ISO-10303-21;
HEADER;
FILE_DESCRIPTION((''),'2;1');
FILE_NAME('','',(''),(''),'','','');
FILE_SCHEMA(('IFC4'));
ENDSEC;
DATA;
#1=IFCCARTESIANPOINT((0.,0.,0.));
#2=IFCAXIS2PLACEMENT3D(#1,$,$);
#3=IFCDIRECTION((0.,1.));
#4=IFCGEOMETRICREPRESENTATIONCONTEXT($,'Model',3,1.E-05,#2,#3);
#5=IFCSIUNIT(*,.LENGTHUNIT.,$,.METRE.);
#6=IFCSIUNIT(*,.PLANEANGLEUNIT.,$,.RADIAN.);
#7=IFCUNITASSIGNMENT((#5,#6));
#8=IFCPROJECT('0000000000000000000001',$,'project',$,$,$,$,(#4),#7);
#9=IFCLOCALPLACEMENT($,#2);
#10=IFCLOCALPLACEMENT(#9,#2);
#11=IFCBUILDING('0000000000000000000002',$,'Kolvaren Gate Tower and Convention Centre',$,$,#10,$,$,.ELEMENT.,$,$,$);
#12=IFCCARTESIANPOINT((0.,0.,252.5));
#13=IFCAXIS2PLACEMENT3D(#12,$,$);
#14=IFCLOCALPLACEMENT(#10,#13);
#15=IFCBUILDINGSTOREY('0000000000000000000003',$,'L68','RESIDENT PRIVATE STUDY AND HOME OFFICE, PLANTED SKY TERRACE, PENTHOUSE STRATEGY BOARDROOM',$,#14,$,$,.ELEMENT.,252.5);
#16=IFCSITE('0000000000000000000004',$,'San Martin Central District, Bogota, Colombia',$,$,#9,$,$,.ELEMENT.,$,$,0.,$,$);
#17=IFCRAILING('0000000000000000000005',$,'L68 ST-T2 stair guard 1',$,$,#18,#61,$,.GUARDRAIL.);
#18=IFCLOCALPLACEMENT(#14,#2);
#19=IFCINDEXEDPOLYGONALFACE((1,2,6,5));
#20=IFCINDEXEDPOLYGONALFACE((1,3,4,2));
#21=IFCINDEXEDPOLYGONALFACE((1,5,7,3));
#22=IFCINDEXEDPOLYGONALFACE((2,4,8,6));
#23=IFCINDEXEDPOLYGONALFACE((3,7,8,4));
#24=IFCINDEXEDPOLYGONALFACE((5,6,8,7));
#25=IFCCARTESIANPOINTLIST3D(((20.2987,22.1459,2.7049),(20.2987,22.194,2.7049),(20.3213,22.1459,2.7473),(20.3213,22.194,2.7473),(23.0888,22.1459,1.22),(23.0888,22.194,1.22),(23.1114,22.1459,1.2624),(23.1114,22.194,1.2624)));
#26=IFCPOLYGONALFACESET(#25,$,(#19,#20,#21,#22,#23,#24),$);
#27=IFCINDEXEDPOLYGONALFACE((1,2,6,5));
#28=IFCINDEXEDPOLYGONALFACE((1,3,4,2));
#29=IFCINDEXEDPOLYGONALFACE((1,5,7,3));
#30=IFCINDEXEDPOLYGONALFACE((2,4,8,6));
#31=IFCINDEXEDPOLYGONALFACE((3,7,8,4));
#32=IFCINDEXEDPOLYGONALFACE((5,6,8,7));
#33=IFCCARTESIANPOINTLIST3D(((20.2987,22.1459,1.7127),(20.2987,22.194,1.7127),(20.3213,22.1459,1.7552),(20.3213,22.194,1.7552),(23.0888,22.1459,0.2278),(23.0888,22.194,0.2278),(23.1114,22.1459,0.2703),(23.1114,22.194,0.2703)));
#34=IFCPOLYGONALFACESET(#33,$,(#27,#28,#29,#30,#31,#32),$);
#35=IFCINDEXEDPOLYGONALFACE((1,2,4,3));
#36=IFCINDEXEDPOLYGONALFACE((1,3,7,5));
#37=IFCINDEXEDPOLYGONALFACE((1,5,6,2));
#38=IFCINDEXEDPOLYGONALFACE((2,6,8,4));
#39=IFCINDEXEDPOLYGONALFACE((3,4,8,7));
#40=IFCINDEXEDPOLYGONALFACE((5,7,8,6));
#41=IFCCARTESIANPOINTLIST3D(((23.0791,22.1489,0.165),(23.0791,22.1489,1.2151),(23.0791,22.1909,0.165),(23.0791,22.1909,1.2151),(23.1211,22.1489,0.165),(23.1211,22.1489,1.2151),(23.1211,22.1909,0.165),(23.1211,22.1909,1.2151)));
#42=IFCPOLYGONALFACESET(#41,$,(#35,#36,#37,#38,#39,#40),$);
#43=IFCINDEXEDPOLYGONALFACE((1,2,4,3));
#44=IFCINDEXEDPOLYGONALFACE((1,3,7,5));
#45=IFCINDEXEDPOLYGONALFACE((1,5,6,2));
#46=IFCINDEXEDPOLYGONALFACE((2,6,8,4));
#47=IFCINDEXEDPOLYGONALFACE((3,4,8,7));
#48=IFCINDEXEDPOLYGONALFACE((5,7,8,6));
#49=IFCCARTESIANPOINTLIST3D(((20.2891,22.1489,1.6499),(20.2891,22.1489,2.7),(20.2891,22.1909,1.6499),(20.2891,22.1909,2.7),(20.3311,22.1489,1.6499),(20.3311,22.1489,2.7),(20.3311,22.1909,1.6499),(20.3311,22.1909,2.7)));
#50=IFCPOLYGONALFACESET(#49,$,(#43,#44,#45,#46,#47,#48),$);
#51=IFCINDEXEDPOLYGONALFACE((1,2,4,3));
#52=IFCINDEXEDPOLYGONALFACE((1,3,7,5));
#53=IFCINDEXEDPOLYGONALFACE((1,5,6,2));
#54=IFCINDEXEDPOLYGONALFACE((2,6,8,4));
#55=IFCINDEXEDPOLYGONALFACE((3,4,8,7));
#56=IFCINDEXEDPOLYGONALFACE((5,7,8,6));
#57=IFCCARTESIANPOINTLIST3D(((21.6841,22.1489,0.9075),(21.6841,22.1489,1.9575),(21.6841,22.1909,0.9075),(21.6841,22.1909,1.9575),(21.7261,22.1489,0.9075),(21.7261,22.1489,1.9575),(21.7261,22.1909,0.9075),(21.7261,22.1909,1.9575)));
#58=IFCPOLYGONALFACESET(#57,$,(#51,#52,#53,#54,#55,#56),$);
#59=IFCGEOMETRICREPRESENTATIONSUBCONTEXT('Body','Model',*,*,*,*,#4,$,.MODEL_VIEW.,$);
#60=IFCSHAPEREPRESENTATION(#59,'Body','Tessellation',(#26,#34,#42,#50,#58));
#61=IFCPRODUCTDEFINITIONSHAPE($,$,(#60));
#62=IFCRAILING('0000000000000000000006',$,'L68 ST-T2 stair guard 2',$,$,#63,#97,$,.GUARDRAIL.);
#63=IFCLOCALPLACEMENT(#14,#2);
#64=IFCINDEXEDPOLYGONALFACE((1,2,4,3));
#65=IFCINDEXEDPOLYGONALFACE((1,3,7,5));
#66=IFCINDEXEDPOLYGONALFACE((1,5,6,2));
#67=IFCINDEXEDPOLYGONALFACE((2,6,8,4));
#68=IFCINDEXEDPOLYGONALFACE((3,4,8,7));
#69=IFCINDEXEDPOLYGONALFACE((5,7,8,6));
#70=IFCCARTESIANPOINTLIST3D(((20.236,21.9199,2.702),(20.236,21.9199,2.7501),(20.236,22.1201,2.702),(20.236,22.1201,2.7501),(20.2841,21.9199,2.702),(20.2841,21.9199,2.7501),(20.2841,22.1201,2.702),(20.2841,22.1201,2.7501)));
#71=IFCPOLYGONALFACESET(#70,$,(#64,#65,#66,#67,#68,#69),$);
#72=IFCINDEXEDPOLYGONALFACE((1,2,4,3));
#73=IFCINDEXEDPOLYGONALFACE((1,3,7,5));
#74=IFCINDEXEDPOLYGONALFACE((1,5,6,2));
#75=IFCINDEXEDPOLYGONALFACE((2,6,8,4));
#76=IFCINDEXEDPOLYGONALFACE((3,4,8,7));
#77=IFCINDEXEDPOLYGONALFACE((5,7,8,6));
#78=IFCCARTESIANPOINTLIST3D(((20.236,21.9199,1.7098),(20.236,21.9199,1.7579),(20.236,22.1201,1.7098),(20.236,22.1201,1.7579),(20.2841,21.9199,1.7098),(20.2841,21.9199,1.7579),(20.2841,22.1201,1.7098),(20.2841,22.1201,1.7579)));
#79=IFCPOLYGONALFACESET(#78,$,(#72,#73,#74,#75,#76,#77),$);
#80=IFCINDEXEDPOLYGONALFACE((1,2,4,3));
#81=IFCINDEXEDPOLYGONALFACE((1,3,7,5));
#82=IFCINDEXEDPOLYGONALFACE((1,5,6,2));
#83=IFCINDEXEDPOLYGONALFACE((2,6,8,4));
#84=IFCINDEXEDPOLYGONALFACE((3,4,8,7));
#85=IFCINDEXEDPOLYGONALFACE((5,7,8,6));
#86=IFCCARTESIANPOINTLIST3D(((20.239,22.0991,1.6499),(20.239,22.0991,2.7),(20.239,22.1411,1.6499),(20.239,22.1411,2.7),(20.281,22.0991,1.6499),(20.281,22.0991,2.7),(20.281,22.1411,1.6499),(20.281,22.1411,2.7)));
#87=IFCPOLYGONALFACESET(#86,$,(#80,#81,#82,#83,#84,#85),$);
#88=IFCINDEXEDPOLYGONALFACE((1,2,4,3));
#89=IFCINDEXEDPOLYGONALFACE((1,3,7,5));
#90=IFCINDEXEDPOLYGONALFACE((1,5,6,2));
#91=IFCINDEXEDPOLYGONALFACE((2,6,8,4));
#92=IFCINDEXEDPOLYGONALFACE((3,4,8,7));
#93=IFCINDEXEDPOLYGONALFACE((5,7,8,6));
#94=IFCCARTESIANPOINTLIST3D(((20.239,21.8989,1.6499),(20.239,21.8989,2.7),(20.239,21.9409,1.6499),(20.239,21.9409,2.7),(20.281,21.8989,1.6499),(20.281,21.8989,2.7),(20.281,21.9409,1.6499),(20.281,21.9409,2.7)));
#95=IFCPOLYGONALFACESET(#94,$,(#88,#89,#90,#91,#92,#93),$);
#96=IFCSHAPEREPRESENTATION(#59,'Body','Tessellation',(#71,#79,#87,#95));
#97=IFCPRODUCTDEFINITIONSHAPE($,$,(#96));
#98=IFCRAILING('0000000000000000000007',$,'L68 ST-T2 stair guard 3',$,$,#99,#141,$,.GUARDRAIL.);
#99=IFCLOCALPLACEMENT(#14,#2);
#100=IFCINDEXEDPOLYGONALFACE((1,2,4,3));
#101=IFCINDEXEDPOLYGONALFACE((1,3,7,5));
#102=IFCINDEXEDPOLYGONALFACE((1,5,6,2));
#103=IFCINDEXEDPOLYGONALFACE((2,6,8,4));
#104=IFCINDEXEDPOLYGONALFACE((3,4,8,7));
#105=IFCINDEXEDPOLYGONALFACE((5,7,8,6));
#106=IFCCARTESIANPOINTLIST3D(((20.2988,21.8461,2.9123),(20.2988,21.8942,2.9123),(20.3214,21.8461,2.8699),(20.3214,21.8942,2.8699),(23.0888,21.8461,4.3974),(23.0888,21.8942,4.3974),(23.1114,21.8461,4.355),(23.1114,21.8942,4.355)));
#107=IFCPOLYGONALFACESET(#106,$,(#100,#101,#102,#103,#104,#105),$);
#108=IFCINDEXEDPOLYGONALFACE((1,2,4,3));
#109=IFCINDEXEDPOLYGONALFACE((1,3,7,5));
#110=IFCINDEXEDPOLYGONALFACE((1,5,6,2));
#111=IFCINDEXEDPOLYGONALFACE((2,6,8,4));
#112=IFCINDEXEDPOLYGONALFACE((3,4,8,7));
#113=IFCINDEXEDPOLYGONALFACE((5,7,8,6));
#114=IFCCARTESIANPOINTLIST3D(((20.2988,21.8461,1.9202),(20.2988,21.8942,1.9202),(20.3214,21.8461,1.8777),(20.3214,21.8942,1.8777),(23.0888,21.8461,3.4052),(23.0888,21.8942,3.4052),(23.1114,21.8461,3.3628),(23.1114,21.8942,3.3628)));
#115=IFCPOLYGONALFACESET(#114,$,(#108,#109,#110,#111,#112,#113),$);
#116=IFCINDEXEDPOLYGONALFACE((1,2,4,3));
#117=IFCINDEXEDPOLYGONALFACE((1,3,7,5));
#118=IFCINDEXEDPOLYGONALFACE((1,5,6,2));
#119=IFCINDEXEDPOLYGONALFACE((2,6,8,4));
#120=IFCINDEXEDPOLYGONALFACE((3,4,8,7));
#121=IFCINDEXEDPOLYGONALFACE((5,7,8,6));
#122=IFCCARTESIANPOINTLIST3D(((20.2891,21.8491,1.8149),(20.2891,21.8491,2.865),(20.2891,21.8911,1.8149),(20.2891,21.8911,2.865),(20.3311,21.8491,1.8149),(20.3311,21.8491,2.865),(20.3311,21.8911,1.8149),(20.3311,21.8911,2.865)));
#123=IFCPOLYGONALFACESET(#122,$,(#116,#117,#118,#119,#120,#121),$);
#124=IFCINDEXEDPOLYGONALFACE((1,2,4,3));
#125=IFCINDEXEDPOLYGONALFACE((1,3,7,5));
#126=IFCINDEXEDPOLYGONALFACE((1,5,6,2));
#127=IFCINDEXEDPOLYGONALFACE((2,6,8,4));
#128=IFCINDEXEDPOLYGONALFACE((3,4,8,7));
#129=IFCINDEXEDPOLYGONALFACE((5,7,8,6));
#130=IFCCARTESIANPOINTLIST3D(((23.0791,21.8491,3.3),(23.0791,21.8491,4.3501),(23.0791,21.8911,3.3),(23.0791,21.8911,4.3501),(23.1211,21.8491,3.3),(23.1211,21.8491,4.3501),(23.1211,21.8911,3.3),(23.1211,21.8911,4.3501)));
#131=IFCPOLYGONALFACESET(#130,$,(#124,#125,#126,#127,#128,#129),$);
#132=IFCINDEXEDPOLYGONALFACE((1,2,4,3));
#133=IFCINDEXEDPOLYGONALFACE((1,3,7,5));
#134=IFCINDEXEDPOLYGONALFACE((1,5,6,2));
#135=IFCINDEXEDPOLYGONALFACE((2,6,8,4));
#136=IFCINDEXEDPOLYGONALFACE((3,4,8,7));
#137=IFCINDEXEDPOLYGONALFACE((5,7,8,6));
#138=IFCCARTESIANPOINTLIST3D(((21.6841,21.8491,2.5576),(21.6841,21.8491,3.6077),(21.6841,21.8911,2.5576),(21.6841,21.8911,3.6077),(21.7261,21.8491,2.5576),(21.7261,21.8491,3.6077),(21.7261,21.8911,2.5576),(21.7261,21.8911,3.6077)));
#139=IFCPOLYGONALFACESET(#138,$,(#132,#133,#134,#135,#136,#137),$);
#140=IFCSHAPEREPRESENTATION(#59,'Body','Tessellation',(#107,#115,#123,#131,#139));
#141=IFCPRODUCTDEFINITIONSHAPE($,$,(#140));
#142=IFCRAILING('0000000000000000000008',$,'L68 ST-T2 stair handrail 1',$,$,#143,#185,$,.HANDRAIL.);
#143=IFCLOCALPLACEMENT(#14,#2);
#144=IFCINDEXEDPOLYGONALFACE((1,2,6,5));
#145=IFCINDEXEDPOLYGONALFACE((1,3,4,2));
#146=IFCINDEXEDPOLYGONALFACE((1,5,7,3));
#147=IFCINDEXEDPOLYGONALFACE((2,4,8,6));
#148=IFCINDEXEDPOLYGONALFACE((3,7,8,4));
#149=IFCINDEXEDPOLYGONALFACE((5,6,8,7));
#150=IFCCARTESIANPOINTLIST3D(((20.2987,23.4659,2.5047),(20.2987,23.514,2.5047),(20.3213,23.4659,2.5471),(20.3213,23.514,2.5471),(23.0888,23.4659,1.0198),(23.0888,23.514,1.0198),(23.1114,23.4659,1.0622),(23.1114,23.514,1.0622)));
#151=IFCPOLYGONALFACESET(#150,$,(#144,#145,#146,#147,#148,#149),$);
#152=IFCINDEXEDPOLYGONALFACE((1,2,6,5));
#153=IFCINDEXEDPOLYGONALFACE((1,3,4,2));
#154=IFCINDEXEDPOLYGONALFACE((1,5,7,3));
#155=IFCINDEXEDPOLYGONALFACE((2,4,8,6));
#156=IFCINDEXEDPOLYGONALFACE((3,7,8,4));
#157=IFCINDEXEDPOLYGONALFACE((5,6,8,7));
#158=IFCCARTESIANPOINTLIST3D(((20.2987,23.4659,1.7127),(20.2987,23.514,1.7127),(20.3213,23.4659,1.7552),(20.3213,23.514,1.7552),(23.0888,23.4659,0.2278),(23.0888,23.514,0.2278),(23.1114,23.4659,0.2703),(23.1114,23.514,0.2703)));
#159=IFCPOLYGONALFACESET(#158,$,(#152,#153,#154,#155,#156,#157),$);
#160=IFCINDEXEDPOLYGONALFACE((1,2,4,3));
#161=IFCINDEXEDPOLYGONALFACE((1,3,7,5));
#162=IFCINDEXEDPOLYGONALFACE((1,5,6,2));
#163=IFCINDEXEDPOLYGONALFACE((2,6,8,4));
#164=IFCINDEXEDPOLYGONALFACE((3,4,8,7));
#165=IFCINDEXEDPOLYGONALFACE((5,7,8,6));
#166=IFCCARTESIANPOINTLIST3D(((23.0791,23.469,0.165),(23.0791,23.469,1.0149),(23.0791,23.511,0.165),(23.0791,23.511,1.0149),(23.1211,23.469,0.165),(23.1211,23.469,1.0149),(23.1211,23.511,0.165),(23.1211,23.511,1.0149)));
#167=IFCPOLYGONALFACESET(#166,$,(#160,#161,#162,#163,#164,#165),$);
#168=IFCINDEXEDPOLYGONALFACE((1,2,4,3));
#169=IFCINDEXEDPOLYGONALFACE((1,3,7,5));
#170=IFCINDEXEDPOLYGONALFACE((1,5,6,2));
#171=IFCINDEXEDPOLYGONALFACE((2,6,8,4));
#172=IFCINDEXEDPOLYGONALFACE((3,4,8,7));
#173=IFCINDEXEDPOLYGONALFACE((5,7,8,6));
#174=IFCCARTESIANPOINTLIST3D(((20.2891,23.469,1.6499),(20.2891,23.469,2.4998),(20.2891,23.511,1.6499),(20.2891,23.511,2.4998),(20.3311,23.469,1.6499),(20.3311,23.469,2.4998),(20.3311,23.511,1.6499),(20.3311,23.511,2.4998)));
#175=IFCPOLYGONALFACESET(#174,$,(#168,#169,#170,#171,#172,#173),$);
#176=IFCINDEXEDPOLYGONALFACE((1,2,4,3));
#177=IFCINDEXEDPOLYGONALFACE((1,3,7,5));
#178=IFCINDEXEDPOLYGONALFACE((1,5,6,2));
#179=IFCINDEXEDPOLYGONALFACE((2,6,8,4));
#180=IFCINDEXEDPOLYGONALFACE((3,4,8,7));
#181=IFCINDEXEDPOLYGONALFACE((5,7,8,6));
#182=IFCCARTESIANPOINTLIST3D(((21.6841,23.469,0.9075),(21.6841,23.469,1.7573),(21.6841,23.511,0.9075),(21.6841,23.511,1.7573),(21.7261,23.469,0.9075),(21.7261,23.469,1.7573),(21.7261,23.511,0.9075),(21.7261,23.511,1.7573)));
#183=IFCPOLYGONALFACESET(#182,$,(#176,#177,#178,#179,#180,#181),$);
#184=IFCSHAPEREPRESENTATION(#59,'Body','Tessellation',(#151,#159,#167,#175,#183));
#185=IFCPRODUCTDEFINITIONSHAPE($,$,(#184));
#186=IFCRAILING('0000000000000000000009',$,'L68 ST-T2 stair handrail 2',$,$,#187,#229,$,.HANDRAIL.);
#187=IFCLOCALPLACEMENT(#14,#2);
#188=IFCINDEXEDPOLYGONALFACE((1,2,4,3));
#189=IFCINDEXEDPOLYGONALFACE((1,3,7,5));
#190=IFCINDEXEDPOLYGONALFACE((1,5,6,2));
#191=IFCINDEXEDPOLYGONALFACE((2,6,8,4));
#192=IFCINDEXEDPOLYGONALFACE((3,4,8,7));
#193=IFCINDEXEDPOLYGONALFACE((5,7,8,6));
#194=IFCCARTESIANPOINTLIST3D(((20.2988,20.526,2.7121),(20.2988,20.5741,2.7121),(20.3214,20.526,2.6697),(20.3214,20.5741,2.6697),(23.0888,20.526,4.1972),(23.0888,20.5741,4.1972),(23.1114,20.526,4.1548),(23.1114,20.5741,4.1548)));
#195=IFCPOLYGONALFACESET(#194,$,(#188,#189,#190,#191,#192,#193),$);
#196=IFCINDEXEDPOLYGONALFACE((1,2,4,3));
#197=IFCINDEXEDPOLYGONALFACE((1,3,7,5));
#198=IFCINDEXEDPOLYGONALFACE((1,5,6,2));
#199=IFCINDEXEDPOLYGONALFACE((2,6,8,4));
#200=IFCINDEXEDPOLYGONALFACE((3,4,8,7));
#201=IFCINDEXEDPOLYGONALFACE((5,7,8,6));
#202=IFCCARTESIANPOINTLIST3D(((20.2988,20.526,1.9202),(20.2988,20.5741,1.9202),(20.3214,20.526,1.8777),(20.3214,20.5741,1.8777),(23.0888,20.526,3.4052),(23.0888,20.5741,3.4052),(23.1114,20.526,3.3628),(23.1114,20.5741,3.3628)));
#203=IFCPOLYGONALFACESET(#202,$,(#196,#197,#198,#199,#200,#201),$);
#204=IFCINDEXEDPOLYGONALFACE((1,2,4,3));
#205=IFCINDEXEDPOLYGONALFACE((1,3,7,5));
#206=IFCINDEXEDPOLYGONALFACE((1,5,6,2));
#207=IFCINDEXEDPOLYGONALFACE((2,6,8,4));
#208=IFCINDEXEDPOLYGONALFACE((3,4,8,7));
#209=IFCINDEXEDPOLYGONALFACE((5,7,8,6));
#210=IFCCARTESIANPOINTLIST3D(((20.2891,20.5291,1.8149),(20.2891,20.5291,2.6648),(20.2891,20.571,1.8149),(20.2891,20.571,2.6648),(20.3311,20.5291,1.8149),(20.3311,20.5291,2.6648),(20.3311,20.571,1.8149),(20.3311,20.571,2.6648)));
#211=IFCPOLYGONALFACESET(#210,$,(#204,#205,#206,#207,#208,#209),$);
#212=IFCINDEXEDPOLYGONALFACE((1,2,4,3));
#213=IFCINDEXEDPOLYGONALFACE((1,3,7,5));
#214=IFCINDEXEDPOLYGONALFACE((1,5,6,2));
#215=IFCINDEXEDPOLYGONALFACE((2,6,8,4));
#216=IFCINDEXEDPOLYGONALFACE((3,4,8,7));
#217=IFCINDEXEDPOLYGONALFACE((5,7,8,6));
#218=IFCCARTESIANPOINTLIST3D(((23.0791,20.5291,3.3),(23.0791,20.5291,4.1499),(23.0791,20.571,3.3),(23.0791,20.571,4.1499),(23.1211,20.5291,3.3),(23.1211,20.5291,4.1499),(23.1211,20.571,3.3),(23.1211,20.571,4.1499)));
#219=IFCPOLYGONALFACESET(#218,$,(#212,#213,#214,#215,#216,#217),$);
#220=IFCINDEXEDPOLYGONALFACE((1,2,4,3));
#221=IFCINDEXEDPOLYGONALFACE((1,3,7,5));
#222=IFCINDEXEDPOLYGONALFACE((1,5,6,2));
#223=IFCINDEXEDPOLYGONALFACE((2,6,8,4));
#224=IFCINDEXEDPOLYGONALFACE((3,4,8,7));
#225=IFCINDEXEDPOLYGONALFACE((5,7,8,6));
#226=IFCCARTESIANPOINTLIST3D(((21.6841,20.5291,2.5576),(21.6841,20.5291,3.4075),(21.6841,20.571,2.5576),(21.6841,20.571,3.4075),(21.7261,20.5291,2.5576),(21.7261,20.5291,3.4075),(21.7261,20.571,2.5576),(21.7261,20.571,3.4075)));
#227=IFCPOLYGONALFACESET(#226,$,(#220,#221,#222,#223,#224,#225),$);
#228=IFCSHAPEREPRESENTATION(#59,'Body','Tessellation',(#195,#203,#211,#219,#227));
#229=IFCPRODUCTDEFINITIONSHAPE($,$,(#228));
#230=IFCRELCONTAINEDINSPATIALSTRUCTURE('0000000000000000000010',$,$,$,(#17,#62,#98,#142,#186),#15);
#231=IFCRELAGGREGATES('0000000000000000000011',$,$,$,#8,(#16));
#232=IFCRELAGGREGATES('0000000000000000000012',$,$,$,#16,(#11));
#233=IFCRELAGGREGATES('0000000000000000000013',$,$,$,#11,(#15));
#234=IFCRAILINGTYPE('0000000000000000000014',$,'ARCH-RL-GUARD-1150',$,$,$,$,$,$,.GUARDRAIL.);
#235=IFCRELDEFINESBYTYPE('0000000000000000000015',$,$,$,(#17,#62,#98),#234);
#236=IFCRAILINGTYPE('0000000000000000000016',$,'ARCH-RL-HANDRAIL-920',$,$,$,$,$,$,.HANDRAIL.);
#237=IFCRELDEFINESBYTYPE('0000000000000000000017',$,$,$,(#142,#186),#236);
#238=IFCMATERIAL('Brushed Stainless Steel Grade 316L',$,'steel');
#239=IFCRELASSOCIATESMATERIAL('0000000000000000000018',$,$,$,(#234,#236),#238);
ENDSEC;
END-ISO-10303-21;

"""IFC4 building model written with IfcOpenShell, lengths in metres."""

from ifc_helpers import new_model, si_unit, direction, frame, origin, origin_2d, place, context, subcontext, project, spatial, rectangle, extrude, material, type_object, element, save


model = new_model("IFC4")

# Units and contexts
model_context = context("Model", 3, precision=1e-05, world=origin(), true_north=direction((0.0, 1.0)))
body_context = subcontext(model_context, "Body", "Model", "MODEL_VIEW")
ifc_project = project(units=[si_unit("LENGTHUNIT", "METRE"), si_unit("PLANEANGLEUNIT", "RADIAN")], contexts=[model_context])

# Site, building, storey
site_placement = place(None, origin())
site = spatial("IfcSite", under=ifc_project, at=site_placement, Name="San Martin Central District, Bogota, Colombia", CompositionType="ELEMENT", RefElevation=0.0)
building_placement = place(site_placement, origin())
building = spatial("IfcBuilding", under=site, at=building_placement, Name="Kolvaren Gate Tower and Convention Centre", CompositionType="ELEMENT")
storey_placement = place(building_placement, frame((0.0, 0.0, 252.5)))
storey = spatial("IfcBuildingStorey", under=building, at=storey_placement, Name="L68", Description="RESIDENT PRIVATE STUDY AND HOME OFFICE, PLANTED SKY TERRACE, PENTHOUSE STRATEGY BOARDROOM", CompositionType="ELEMENT", Elevation=252.5)

# Railings
ifc_material_1 = material(Name="Brushed Stainless Steel Grade 316L", Category="steel")
railing_type_1 = type_object("IfcRailingType", Name="ARCH-RL-GUARD-1150", PredefinedType="GUARDRAIL", material=ifc_material_1)
railing_1_placement = place(storey_placement, frame((23.1001, 22.1699, 0.165)))
element("IfcRailing", 1, at=railing_1_placement, inside=storey, type_object=railing_type_1, Name="L68 ST-T2 stair guard 1", PredefinedType="GUARDRAIL", context=body_context, shape_type="SweptSolid", body=[
    extrude(rectangle(XDim=0.0481, YDim=0.0481, at=origin_2d()), frame((0.0, 0.0, 1.0762), z_axis=(-0.882767, 0.0, 0.46981), x_axis=(0.0, -1.0, 0.0)), (0.0, 0.0, 1.0), 3.1606),
    extrude(rectangle(XDim=0.0481, YDim=0.0481, at=origin_2d()), frame((0.0, 0.0, 0.084), z_axis=(-0.882767, 0.0, 0.46981), x_axis=(0.0, -1.0, 0.0)), (0.0, 0.0, 1.0), 3.1606),
    extrude(rectangle(XDim=0.042, YDim=0.042, at=origin_2d()), origin(), (0.0, 0.0, 1.0), 1.05),
    extrude(rectangle(XDim=0.042, YDim=0.042, at=origin_2d()), frame((-2.79, 0.0, 1.4849)), (0.0, 0.0, 1.0), 1.05),
    extrude(rectangle(XDim=0.042, YDim=0.042, at=origin_2d()), frame((-1.395, 0.0, 0.7424)), (0.0, 0.0, 1.0), 1.05),
])
railing_2_placement = place(storey_placement, frame((20.26, 22.1201, 1.6499)))
element("IfcRailing", 2, at=railing_2_placement, inside=storey, type_object=railing_type_1, Name="L68 ST-T2 stair guard 2", PredefinedType="GUARDRAIL", context=body_context, shape_type="SweptSolid", body=[
    extrude(rectangle(XDim=0.0481, YDim=0.0481, at=origin_2d()), frame((0.0, 0.0, 1.0762), z_axis=(0.0, -1.0, 0.0), x_axis=(1.0, 0.0, 0.0)), (0.0, 0.0, 1.0), 0.2002),
    extrude(rectangle(XDim=0.0481, YDim=0.0481, at=origin_2d()), frame((0.0, 0.0, 0.084), z_axis=(0.0, -1.0, 0.0), x_axis=(1.0, 0.0, 0.0)), (0.0, 0.0, 1.0), 0.2002),
    extrude(rectangle(XDim=0.042, YDim=0.042, at=origin_2d()), origin(), (0.0, 0.0, 1.0), 1.05),
    extrude(rectangle(XDim=0.042, YDim=0.042, at=origin_2d()), frame((0.0, -0.2002, 0.0)), (0.0, 0.0, 1.0), 1.05),
])
railing_3_placement = place(storey_placement, frame((20.3101, 21.8701, 1.8149)))
element("IfcRailing", 3, at=railing_3_placement, inside=storey, type_object=railing_type_1, Name="L68 ST-T2 stair guard 3", PredefinedType="GUARDRAIL", context=body_context, shape_type="SweptSolid", body=[
    extrude(rectangle(XDim=0.0481, YDim=0.0481, at=origin_2d()), frame((0.0, 0.0, 1.0762), z_axis=(0.882735, 0.0, 0.46987), x_axis=(0.0, 1.0, 0.0)), (0.0, 0.0, 1.0), 3.1606),
    extrude(rectangle(XDim=0.0481, YDim=0.0481, at=origin_2d()), frame((0.0, 0.0, 0.084), z_axis=(0.882735, 0.0, 0.46987), x_axis=(0.0, 1.0, 0.0)), (0.0, 0.0, 1.0), 3.1606),
    extrude(rectangle(XDim=0.042, YDim=0.042, at=origin_2d()), origin(), (0.0, 0.0, 1.0), 1.05),
    extrude(rectangle(XDim=0.042, YDim=0.042, at=origin_2d()), frame((2.79, 0.0, 1.4851)), (0.0, 0.0, 1.0), 1.05),
    extrude(rectangle(XDim=0.042, YDim=0.042, at=origin_2d()), frame((1.395, 0.0, 0.7427)), (0.0, 0.0, 1.0), 1.05),
])
railing_type_2 = type_object("IfcRailingType", Name="ARCH-RL-HANDRAIL-920", PredefinedType="HANDRAIL", material=ifc_material_1)
railing_4_placement = place(storey_placement, frame((23.1001, 23.49, 0.165)))
element("IfcRailing", 4, at=railing_4_placement, inside=storey, type_object=railing_type_2, Name="L68 ST-T2 stair handrail 1", PredefinedType="HANDRAIL", context=body_context, shape_type="SweptSolid", body=[
    extrude(rectangle(XDim=0.0481, YDim=0.0481, at=origin_2d()), frame((0.0, 0.0, 0.876), z_axis=(-0.882767, 0.0, 0.46981), x_axis=(0.0, -1.0, 0.0)), (0.0, 0.0, 1.0), 3.1606),
    extrude(rectangle(XDim=0.0481, YDim=0.0481, at=origin_2d()), frame((0.0, 0.0, 0.084), z_axis=(-0.882767, 0.0, 0.46981), x_axis=(0.0, -1.0, 0.0)), (0.0, 0.0, 1.0), 3.1606),
    extrude(rectangle(XDim=0.042, YDim=0.042, at=origin_2d()), origin(), (0.0, 0.0, 1.0), 0.8499),
    extrude(rectangle(XDim=0.042, YDim=0.042, at=origin_2d()), frame((-2.79, 0.0, 1.4849)), (0.0, 0.0, 1.0), 0.8499),
    extrude(rectangle(XDim=0.042, YDim=0.042, at=origin_2d()), frame((-1.395, 0.0, 0.7424)), (0.0, 0.0, 1.0), 0.8499),
])
railing_5_placement = place(storey_placement, frame((20.3101, 20.55, 1.8149)))
element("IfcRailing", 5, at=railing_5_placement, inside=storey, type_object=railing_type_2, Name="L68 ST-T2 stair handrail 2", PredefinedType="HANDRAIL", context=body_context, shape_type="SweptSolid", body=[
    extrude(rectangle(XDim=0.0481, YDim=0.0481, at=origin_2d()), frame((0.0, 0.0, 0.876), z_axis=(0.882735, 0.0, 0.46987), x_axis=(0.0, 1.0, 0.0)), (0.0, 0.0, 1.0), 3.1606),
    extrude(rectangle(XDim=0.0481, YDim=0.0481, at=origin_2d()), frame((0.0, 0.0, 0.084), z_axis=(0.882735, 0.0, 0.46987), x_axis=(0.0, 1.0, 0.0)), (0.0, 0.0, 1.0), 3.1606),
    extrude(rectangle(XDim=0.042, YDim=0.042, at=origin_2d()), origin(), (0.0, 0.0, 1.0), 0.8499),
    extrude(rectangle(XDim=0.042, YDim=0.042, at=origin_2d()), frame((2.79, 0.0, 1.4851)), (0.0, 0.0, 1.0), 0.8499),
    extrude(rectangle(XDim=0.042, YDim=0.042, at=origin_2d()), frame((1.395, 0.0, 0.7427)), (0.0, 0.0, 1.0), 0.8499),
])

save(model, "model.ifc")
